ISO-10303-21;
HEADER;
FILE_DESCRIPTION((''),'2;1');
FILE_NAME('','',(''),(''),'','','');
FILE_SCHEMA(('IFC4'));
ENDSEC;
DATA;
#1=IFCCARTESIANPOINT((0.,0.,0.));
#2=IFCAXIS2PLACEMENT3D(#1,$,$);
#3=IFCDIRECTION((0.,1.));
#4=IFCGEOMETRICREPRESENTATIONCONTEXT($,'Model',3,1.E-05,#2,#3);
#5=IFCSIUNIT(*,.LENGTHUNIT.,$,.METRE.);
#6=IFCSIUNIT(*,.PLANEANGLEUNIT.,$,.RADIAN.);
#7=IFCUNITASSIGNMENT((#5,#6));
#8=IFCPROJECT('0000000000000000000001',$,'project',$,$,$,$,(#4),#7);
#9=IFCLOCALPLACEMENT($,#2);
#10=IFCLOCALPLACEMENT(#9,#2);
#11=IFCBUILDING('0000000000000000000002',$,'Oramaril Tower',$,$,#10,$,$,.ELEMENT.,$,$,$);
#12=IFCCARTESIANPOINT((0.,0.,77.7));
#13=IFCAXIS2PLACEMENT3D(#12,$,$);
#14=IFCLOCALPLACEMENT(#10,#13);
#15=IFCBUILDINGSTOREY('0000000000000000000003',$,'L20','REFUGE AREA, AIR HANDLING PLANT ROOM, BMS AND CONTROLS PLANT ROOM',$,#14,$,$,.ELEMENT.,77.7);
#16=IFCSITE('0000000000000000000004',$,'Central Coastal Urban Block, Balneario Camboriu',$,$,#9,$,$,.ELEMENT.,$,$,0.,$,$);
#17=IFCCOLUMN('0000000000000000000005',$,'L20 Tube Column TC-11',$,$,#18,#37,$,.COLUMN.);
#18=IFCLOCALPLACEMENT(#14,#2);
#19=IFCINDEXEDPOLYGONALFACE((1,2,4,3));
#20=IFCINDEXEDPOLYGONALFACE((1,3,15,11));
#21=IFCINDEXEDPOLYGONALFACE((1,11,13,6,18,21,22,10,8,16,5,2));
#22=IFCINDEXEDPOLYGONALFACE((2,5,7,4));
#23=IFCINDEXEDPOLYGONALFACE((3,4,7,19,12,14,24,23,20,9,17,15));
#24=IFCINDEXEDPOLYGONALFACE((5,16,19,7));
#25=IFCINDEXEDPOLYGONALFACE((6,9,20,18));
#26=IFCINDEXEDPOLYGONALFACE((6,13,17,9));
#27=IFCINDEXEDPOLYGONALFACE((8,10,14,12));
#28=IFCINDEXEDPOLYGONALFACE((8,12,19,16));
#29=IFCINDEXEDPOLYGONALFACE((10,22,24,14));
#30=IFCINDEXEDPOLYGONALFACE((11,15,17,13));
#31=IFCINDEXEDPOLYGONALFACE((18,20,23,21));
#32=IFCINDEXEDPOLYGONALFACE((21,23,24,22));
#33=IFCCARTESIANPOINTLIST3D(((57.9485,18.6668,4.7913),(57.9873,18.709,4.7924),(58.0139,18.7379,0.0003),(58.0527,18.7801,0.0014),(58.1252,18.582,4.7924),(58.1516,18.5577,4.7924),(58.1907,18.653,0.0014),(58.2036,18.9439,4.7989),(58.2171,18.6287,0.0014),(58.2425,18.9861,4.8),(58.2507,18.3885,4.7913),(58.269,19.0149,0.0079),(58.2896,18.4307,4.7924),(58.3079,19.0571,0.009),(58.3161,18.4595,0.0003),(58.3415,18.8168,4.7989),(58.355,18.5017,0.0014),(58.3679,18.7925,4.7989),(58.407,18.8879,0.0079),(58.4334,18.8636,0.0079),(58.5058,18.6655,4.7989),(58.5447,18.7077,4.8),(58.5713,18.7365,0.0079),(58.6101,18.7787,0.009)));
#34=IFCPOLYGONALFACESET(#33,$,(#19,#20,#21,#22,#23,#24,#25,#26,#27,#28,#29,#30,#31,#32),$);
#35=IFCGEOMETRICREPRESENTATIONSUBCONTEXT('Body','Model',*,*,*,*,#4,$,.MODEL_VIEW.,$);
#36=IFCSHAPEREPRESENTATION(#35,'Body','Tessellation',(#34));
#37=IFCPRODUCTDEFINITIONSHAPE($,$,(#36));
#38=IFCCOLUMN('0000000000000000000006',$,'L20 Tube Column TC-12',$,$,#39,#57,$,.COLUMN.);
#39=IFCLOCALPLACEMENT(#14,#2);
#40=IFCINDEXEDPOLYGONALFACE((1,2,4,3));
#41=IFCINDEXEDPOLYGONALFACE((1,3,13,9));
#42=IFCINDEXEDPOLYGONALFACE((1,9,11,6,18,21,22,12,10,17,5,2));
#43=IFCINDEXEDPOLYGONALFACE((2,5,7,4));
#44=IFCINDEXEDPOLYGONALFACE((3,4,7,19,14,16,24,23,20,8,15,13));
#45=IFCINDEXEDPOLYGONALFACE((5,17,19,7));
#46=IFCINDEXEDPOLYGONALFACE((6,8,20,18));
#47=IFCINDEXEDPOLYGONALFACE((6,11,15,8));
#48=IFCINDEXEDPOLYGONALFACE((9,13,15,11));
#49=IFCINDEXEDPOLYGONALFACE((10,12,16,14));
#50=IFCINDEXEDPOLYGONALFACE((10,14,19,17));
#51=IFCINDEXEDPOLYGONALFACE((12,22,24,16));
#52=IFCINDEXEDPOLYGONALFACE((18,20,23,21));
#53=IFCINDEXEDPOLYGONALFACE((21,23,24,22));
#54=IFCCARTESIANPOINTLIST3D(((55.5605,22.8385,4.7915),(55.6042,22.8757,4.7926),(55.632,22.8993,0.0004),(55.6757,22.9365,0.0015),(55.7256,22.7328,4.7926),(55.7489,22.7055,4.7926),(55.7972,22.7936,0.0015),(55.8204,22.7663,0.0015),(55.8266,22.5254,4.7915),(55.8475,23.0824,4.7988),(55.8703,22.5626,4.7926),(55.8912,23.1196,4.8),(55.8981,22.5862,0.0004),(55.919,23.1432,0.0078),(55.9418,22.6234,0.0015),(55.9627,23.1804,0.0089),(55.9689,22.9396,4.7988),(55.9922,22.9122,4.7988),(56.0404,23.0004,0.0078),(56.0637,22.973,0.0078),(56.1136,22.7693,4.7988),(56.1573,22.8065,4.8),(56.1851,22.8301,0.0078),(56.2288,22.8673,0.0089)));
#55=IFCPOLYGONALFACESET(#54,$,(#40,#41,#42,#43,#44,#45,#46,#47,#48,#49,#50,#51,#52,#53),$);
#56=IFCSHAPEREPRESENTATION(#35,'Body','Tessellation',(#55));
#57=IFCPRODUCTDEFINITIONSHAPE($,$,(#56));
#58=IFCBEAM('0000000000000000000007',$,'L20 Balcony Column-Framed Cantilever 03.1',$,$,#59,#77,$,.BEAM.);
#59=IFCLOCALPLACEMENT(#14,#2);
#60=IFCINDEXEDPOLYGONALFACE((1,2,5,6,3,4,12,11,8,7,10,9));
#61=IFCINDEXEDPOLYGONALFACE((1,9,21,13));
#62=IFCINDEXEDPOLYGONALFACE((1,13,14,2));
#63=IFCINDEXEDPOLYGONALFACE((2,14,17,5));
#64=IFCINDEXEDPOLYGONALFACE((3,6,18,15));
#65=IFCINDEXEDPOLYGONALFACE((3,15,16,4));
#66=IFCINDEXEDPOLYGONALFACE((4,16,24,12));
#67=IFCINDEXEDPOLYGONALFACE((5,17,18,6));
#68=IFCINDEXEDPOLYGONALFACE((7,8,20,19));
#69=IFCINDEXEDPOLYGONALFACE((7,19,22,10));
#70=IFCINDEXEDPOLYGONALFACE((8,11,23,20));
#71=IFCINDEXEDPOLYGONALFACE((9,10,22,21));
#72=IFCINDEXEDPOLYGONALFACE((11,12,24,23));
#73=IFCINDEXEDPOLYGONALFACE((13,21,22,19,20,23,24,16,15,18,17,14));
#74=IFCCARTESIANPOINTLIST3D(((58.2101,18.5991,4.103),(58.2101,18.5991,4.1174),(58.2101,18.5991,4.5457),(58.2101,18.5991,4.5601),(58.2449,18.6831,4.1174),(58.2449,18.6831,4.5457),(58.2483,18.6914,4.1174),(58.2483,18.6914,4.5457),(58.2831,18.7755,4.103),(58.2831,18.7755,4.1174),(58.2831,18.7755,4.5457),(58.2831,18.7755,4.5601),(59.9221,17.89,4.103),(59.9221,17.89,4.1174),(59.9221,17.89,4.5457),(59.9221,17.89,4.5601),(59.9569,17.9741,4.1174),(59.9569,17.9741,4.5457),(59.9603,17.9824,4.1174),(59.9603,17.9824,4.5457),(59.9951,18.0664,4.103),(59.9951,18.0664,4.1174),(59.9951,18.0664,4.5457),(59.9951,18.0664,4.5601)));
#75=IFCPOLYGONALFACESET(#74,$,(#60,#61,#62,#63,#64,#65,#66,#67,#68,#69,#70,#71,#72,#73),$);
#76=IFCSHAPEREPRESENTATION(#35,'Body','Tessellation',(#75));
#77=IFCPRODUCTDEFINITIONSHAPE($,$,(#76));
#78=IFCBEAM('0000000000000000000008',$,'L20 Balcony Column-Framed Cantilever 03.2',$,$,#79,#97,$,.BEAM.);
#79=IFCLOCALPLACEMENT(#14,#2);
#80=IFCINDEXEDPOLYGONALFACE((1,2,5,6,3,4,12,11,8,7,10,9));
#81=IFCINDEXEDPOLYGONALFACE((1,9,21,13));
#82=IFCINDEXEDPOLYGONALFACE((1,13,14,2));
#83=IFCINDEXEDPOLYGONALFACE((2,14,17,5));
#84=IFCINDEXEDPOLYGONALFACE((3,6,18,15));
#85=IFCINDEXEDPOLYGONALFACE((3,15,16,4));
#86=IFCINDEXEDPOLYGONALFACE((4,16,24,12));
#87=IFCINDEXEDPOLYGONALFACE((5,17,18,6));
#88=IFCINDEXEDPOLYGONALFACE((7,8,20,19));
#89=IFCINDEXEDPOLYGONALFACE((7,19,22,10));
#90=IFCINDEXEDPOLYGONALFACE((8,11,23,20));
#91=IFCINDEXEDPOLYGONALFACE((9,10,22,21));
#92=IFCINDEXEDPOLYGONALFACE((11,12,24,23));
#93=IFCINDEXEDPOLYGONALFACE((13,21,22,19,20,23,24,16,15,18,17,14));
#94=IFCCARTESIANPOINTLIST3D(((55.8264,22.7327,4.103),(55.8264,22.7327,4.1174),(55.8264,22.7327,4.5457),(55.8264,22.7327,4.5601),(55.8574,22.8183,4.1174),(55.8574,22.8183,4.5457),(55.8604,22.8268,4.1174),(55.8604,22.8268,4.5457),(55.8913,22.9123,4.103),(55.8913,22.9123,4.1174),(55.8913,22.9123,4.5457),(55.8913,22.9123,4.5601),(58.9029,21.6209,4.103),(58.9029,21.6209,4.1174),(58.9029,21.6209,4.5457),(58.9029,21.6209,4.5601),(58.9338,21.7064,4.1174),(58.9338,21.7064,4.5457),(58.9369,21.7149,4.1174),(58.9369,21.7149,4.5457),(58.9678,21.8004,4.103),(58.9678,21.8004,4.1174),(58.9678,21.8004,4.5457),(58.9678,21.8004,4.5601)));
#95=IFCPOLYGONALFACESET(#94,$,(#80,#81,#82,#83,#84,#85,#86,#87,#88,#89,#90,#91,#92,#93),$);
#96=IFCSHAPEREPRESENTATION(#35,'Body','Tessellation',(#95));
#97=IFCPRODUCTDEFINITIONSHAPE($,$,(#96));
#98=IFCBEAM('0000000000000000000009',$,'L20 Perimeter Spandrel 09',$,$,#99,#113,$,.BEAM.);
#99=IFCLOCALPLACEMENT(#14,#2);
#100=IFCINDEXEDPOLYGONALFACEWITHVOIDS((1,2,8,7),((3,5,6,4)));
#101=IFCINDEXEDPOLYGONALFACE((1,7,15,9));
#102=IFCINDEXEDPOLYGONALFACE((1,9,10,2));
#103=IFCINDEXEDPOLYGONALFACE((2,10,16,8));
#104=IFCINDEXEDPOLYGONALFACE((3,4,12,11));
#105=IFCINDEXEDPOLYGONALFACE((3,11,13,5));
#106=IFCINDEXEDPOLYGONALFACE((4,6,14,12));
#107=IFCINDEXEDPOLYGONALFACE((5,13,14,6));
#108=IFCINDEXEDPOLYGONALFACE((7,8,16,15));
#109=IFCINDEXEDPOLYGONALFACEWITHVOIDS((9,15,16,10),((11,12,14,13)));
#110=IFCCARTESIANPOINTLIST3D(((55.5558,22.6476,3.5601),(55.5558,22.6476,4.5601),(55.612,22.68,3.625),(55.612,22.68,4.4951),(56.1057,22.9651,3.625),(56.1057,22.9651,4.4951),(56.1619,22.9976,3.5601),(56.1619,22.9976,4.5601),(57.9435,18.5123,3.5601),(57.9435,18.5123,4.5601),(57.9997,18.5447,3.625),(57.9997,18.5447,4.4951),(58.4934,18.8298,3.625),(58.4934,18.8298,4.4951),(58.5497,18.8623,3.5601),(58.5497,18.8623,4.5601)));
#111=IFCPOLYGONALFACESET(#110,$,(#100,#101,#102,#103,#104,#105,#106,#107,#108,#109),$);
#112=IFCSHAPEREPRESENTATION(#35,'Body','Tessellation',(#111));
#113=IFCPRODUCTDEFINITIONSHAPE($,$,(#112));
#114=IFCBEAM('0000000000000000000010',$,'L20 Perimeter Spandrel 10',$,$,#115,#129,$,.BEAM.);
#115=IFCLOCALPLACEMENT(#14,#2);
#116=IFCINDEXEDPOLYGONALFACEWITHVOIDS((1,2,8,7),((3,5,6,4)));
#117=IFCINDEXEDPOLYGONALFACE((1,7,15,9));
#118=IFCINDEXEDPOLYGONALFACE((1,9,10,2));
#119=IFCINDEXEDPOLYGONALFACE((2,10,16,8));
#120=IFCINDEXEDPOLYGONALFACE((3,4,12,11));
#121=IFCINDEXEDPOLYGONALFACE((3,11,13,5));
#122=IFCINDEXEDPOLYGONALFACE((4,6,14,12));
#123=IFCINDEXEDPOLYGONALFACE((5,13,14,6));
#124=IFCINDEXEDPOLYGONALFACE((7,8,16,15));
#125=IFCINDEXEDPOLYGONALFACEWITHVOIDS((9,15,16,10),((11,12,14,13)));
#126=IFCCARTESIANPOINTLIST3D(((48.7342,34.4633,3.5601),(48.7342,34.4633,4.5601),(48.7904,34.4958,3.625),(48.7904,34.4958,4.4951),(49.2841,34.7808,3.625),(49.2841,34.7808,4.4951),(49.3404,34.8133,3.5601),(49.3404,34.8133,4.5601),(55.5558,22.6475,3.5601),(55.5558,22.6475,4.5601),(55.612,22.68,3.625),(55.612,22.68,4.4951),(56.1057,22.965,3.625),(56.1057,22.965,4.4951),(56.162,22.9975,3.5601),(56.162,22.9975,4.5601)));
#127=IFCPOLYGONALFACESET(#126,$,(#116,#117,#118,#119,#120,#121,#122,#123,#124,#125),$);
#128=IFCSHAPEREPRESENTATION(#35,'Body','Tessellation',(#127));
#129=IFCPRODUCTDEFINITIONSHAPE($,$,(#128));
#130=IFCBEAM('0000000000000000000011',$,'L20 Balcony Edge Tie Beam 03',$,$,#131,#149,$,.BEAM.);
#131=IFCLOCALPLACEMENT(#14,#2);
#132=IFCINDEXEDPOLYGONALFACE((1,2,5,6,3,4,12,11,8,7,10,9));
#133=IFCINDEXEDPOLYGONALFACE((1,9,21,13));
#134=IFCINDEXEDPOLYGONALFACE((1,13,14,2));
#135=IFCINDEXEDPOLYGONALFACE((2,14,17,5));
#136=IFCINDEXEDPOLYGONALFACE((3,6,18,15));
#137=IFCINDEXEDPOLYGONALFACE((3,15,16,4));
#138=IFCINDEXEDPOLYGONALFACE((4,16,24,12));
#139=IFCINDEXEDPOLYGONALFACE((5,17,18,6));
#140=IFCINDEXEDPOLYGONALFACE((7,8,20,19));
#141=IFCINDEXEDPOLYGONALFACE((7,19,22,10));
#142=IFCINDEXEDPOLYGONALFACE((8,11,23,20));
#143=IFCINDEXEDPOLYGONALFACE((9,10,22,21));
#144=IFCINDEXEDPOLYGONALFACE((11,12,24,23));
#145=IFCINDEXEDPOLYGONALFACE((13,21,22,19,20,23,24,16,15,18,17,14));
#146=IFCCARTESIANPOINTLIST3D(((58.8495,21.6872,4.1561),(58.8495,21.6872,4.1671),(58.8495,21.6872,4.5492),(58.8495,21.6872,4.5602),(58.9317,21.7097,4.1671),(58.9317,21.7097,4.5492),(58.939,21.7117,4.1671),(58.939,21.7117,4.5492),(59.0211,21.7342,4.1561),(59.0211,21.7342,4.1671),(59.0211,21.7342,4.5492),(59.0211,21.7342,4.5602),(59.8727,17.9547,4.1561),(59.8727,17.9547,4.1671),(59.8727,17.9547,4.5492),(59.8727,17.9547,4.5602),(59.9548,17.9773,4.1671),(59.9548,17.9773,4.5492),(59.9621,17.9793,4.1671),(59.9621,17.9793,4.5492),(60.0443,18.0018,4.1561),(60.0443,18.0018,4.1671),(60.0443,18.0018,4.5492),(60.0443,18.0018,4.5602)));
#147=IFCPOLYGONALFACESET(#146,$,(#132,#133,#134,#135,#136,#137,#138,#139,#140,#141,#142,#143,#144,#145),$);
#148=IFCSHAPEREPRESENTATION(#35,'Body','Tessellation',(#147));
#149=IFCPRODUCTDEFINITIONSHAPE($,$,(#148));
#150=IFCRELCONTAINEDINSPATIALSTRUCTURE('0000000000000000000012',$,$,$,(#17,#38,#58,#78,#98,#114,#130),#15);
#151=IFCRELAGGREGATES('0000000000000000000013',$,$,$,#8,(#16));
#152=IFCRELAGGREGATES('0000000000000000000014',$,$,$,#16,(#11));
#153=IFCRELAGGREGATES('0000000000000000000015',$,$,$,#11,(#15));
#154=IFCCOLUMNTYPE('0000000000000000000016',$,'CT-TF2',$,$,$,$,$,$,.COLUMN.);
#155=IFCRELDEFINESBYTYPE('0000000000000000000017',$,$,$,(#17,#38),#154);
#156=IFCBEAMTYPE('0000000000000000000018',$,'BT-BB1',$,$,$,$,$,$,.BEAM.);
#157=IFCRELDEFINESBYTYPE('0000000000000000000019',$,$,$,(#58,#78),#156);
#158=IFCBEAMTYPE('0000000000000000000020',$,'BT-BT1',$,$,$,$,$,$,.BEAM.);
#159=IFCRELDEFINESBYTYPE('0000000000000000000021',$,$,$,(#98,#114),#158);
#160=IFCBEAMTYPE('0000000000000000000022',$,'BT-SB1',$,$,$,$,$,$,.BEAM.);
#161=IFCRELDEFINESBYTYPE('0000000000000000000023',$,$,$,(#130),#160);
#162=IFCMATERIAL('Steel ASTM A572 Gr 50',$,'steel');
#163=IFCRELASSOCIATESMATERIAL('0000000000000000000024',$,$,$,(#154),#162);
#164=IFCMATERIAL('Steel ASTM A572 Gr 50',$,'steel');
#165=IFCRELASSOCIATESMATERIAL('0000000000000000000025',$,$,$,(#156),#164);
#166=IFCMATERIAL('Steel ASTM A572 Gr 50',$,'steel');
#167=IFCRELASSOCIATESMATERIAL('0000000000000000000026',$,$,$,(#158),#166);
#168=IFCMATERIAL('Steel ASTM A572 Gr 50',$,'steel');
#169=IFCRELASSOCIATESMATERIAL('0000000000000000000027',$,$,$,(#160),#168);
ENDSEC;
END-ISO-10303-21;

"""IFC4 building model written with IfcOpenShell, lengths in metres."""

from ifc_helpers import new_model, si_unit, direction, frame, origin, origin_2d, place, context, subcontext, project, spatial, hollow_rectangle, i_section, extrude, material, material_profile, profile_set, type_object, element, save


model = new_model("IFC4")

# Units and contexts
model_context = context("Model", 3, precision=1e-05, world=origin(), true_north=direction((0.0, 1.0)))
body_context = subcontext(model_context, "Body", "Model", "MODEL_VIEW")
ifc_project = project(units=[si_unit("LENGTHUNIT", "METRE"), si_unit("PLANEANGLEUNIT", "RADIAN")], contexts=[model_context])

# Site, building, storey
site_placement = place(None, origin())
site = spatial("IfcSite", under=ifc_project, at=site_placement, Name="Central Coastal Urban Block, Balneario Camboriu", CompositionType="ELEMENT", RefElevation=0.0)
building_placement = place(site_placement, origin())
building = spatial("IfcBuilding", under=site, at=building_placement, Name="Oramaril Tower", CompositionType="ELEMENT")
storey_placement = place(building_placement, frame((0.0, 0.0, 77.7)))
storey = spatial("IfcBuildingStorey", under=building, at=storey_placement, Name="L20", Description="REFUGE AREA, AIR HANDLING PLANT ROOM, BMS AND CONTROLS PLANT ROOM", CompositionType="ELEMENT", Elevation=77.7)

# Columns
ifc_material_1 = material(Name="Steel ASTM A572 Gr 50", Category="steel")
ifc_material_profile_1 = material_profile(ifc_material_1, i_section(OverallWidth=0.4109, OverallDepth=0.4341, WebThickness=0.0359, FlangeThickness=0.0574, at=origin_2d()), Name="W14X311")
ifc_profile_set_1 = profile_set([ifc_material_profile_1], Name="Steel ASTM A572 Gr 50")
column_type = type_object("IfcColumnType", Name="CT-TF2", PredefinedType="COLUMN", material=ifc_profile_set_1)
for number, where, z_axis, x_axis, name in (
    (1, (58.312, 18.7583, 0.0046), (-0.013654, -0.014826, 0.999797), (0.735578, -0.67744, 0.0), "L20 Tube Column TC-11"),
    (2, (55.9304, 22.8833, 0.0046), (-0.014928, -0.012686, 0.999808), (0.647573, -0.762003, 0.0), "L20 Tube Column TC-12"),
):
    element("IfcColumn", number, at=place(storey_placement, frame(where, z_axis=z_axis, x_axis=x_axis)), inside=storey, type_object=column_type, Name=name, PredefinedType="COLUMN", context=body_context, shape_type="SweptSolid", body=[
        extrude(i_section(OverallWidth=0.4109, OverallDepth=0.4341, WebThickness=0.0359, FlangeThickness=0.0574, at=origin_2d()), origin(), (0.0, 0.0, 1.0), 4.792),
    ])

# Beams
ifc_material_2 = material(Name="Steel ASTM A572 Gr 50", Category="steel")
ifc_material_profile_2 = material_profile(ifc_material_2, i_section(OverallWidth=0.1909, OverallDepth=0.457, WebThickness=0.009, FlangeThickness=0.0144, at=origin_2d()), Name="W18X50")
ifc_profile_set_2 = profile_set([ifc_material_profile_2], Name="Steel ASTM A572 Gr 50")
beam_type_1 = type_object("IfcBeamType", Name="BT-BB1", PredefinedType="BEAM", material=ifc_profile_set_2)
beam_1_placement = place(storey_placement, frame((58.2466, 18.6873, 4.3315), z_axis=(0.923901, -0.382631, 0.0), x_axis=(0.382631, 0.923901, 0.0)))
element("IfcBeam", 3, at=beam_1_placement, inside=storey, type_object=beam_type_1, Name="L20 Balcony Column-Framed Cantilever 03.1", PredefinedType="BEAM", context=body_context, shape_type="SweptSolid", body=[
    extrude(i_section(OverallWidth=0.1909, OverallDepth=0.457, WebThickness=0.009, FlangeThickness=0.0144, at=origin_2d()), origin(), (0.0, 0.0, 1.0), 1.853),
])
beam_2_placement = place(storey_placement, frame((55.8589, 22.8225, 4.3315), z_axis=(0.940467, -0.339885, 0.0), x_axis=(0.339885, 0.940467, 0.0)))
element("IfcBeam", 4, at=beam_2_placement, inside=storey, type_object=beam_type_1, Name="L20 Balcony Column-Framed Cantilever 03.2", PredefinedType="BEAM", context=body_context, shape_type="SweptSolid", body=[
    extrude(i_section(OverallWidth=0.1909, OverallDepth=0.457, WebThickness=0.009, FlangeThickness=0.0144, at=origin_2d()), origin(), (0.0, 0.0, 1.0), 3.2712),
])
ifc_material_3 = material(Name="Steel ASTM A572 Gr 50", Category="steel")
ifc_material_profile_3 = material_profile(ifc_material_3, hollow_rectangle(XDim=0.7, YDim=1.0, WallThickness=0.0649, at=origin_2d()), Name="BOX1000X700X65")
ifc_profile_set_3 = profile_set([ifc_material_profile_3], Name="Steel ASTM A572 Gr 50")
beam_type_2 = type_object("IfcBeamType", Name="BT-BT1", PredefinedType="BEAM", material=ifc_profile_set_3)
beam_3_placement = place(storey_placement, frame((58.2466, 18.6873, 4.0601), z_axis=(-0.500032, 0.866007, 0.0), x_axis=(-0.866007, -0.500032, 0.0)))
element("IfcBeam", 5, at=beam_3_placement, inside=storey, type_object=beam_type_2, Name="L20 Perimeter Spandrel 09", PredefinedType="BEAM", context=body_context, shape_type="SweptSolid", body=[
    extrude(hollow_rectangle(XDim=0.7, YDim=1.0, WallThickness=0.0649, at=origin_2d()), origin(), (0.0, 0.0, 1.0), 4.7751),
])
beam_4_placement = place(storey_placement, frame((55.8589, 22.8225, 4.0601), z_axis=(-0.499986, 0.866033, 0.0), x_axis=(-0.866033, -0.499986, 0.0)))
element("IfcBeam", 6, at=beam_4_placement, inside=storey, type_object=beam_type_2, Name="L20 Perimeter Spandrel 10", PredefinedType="BEAM", context=body_context, shape_type="SweptSolid", body=[
    extrude(hollow_rectangle(XDim=0.7, YDim=1.0, WallThickness=0.0649, at=origin_2d()), origin(), (0.0, 0.0, 1.0), 13.6436),
])
ifc_material_4 = material(Name="Steel ASTM A572 Gr 50", Category="steel")
ifc_material_profile_4 = material_profile(ifc_material_4, i_section(OverallWidth=0.178, OverallDepth=0.4041, WebThickness=0.0076, FlangeThickness=0.011, at=origin_2d()), Name="W16X36")
ifc_profile_set_4 = profile_set([ifc_material_profile_4], Name="Steel ASTM A572 Gr 50")
beam_type_3 = type_object("IfcBeamType", Name="BT-SB1", PredefinedType="BEAM", material=ifc_profile_set_4)
beam_5_placement = place(storey_placement, frame((59.9585, 17.9783, 4.3582), z_axis=(-0.264382, 0.964418, 0.0), x_axis=(-0.964418, -0.264382, 0.0)))
element("IfcBeam", 7, at=beam_5_placement, inside=storey, type_object=beam_type_3, Name="L20 Balcony Edge Tie Beam 03", PredefinedType="BEAM", context=body_context, shape_type="SweptSolid", body=[
    extrude(i_section(OverallWidth=0.178, OverallDepth=0.4041, WebThickness=0.0076, FlangeThickness=0.011, at=origin_2d()), origin(), (0.0, 0.0, 1.0), 3.8701),
])

save(model, "model.ifc")
